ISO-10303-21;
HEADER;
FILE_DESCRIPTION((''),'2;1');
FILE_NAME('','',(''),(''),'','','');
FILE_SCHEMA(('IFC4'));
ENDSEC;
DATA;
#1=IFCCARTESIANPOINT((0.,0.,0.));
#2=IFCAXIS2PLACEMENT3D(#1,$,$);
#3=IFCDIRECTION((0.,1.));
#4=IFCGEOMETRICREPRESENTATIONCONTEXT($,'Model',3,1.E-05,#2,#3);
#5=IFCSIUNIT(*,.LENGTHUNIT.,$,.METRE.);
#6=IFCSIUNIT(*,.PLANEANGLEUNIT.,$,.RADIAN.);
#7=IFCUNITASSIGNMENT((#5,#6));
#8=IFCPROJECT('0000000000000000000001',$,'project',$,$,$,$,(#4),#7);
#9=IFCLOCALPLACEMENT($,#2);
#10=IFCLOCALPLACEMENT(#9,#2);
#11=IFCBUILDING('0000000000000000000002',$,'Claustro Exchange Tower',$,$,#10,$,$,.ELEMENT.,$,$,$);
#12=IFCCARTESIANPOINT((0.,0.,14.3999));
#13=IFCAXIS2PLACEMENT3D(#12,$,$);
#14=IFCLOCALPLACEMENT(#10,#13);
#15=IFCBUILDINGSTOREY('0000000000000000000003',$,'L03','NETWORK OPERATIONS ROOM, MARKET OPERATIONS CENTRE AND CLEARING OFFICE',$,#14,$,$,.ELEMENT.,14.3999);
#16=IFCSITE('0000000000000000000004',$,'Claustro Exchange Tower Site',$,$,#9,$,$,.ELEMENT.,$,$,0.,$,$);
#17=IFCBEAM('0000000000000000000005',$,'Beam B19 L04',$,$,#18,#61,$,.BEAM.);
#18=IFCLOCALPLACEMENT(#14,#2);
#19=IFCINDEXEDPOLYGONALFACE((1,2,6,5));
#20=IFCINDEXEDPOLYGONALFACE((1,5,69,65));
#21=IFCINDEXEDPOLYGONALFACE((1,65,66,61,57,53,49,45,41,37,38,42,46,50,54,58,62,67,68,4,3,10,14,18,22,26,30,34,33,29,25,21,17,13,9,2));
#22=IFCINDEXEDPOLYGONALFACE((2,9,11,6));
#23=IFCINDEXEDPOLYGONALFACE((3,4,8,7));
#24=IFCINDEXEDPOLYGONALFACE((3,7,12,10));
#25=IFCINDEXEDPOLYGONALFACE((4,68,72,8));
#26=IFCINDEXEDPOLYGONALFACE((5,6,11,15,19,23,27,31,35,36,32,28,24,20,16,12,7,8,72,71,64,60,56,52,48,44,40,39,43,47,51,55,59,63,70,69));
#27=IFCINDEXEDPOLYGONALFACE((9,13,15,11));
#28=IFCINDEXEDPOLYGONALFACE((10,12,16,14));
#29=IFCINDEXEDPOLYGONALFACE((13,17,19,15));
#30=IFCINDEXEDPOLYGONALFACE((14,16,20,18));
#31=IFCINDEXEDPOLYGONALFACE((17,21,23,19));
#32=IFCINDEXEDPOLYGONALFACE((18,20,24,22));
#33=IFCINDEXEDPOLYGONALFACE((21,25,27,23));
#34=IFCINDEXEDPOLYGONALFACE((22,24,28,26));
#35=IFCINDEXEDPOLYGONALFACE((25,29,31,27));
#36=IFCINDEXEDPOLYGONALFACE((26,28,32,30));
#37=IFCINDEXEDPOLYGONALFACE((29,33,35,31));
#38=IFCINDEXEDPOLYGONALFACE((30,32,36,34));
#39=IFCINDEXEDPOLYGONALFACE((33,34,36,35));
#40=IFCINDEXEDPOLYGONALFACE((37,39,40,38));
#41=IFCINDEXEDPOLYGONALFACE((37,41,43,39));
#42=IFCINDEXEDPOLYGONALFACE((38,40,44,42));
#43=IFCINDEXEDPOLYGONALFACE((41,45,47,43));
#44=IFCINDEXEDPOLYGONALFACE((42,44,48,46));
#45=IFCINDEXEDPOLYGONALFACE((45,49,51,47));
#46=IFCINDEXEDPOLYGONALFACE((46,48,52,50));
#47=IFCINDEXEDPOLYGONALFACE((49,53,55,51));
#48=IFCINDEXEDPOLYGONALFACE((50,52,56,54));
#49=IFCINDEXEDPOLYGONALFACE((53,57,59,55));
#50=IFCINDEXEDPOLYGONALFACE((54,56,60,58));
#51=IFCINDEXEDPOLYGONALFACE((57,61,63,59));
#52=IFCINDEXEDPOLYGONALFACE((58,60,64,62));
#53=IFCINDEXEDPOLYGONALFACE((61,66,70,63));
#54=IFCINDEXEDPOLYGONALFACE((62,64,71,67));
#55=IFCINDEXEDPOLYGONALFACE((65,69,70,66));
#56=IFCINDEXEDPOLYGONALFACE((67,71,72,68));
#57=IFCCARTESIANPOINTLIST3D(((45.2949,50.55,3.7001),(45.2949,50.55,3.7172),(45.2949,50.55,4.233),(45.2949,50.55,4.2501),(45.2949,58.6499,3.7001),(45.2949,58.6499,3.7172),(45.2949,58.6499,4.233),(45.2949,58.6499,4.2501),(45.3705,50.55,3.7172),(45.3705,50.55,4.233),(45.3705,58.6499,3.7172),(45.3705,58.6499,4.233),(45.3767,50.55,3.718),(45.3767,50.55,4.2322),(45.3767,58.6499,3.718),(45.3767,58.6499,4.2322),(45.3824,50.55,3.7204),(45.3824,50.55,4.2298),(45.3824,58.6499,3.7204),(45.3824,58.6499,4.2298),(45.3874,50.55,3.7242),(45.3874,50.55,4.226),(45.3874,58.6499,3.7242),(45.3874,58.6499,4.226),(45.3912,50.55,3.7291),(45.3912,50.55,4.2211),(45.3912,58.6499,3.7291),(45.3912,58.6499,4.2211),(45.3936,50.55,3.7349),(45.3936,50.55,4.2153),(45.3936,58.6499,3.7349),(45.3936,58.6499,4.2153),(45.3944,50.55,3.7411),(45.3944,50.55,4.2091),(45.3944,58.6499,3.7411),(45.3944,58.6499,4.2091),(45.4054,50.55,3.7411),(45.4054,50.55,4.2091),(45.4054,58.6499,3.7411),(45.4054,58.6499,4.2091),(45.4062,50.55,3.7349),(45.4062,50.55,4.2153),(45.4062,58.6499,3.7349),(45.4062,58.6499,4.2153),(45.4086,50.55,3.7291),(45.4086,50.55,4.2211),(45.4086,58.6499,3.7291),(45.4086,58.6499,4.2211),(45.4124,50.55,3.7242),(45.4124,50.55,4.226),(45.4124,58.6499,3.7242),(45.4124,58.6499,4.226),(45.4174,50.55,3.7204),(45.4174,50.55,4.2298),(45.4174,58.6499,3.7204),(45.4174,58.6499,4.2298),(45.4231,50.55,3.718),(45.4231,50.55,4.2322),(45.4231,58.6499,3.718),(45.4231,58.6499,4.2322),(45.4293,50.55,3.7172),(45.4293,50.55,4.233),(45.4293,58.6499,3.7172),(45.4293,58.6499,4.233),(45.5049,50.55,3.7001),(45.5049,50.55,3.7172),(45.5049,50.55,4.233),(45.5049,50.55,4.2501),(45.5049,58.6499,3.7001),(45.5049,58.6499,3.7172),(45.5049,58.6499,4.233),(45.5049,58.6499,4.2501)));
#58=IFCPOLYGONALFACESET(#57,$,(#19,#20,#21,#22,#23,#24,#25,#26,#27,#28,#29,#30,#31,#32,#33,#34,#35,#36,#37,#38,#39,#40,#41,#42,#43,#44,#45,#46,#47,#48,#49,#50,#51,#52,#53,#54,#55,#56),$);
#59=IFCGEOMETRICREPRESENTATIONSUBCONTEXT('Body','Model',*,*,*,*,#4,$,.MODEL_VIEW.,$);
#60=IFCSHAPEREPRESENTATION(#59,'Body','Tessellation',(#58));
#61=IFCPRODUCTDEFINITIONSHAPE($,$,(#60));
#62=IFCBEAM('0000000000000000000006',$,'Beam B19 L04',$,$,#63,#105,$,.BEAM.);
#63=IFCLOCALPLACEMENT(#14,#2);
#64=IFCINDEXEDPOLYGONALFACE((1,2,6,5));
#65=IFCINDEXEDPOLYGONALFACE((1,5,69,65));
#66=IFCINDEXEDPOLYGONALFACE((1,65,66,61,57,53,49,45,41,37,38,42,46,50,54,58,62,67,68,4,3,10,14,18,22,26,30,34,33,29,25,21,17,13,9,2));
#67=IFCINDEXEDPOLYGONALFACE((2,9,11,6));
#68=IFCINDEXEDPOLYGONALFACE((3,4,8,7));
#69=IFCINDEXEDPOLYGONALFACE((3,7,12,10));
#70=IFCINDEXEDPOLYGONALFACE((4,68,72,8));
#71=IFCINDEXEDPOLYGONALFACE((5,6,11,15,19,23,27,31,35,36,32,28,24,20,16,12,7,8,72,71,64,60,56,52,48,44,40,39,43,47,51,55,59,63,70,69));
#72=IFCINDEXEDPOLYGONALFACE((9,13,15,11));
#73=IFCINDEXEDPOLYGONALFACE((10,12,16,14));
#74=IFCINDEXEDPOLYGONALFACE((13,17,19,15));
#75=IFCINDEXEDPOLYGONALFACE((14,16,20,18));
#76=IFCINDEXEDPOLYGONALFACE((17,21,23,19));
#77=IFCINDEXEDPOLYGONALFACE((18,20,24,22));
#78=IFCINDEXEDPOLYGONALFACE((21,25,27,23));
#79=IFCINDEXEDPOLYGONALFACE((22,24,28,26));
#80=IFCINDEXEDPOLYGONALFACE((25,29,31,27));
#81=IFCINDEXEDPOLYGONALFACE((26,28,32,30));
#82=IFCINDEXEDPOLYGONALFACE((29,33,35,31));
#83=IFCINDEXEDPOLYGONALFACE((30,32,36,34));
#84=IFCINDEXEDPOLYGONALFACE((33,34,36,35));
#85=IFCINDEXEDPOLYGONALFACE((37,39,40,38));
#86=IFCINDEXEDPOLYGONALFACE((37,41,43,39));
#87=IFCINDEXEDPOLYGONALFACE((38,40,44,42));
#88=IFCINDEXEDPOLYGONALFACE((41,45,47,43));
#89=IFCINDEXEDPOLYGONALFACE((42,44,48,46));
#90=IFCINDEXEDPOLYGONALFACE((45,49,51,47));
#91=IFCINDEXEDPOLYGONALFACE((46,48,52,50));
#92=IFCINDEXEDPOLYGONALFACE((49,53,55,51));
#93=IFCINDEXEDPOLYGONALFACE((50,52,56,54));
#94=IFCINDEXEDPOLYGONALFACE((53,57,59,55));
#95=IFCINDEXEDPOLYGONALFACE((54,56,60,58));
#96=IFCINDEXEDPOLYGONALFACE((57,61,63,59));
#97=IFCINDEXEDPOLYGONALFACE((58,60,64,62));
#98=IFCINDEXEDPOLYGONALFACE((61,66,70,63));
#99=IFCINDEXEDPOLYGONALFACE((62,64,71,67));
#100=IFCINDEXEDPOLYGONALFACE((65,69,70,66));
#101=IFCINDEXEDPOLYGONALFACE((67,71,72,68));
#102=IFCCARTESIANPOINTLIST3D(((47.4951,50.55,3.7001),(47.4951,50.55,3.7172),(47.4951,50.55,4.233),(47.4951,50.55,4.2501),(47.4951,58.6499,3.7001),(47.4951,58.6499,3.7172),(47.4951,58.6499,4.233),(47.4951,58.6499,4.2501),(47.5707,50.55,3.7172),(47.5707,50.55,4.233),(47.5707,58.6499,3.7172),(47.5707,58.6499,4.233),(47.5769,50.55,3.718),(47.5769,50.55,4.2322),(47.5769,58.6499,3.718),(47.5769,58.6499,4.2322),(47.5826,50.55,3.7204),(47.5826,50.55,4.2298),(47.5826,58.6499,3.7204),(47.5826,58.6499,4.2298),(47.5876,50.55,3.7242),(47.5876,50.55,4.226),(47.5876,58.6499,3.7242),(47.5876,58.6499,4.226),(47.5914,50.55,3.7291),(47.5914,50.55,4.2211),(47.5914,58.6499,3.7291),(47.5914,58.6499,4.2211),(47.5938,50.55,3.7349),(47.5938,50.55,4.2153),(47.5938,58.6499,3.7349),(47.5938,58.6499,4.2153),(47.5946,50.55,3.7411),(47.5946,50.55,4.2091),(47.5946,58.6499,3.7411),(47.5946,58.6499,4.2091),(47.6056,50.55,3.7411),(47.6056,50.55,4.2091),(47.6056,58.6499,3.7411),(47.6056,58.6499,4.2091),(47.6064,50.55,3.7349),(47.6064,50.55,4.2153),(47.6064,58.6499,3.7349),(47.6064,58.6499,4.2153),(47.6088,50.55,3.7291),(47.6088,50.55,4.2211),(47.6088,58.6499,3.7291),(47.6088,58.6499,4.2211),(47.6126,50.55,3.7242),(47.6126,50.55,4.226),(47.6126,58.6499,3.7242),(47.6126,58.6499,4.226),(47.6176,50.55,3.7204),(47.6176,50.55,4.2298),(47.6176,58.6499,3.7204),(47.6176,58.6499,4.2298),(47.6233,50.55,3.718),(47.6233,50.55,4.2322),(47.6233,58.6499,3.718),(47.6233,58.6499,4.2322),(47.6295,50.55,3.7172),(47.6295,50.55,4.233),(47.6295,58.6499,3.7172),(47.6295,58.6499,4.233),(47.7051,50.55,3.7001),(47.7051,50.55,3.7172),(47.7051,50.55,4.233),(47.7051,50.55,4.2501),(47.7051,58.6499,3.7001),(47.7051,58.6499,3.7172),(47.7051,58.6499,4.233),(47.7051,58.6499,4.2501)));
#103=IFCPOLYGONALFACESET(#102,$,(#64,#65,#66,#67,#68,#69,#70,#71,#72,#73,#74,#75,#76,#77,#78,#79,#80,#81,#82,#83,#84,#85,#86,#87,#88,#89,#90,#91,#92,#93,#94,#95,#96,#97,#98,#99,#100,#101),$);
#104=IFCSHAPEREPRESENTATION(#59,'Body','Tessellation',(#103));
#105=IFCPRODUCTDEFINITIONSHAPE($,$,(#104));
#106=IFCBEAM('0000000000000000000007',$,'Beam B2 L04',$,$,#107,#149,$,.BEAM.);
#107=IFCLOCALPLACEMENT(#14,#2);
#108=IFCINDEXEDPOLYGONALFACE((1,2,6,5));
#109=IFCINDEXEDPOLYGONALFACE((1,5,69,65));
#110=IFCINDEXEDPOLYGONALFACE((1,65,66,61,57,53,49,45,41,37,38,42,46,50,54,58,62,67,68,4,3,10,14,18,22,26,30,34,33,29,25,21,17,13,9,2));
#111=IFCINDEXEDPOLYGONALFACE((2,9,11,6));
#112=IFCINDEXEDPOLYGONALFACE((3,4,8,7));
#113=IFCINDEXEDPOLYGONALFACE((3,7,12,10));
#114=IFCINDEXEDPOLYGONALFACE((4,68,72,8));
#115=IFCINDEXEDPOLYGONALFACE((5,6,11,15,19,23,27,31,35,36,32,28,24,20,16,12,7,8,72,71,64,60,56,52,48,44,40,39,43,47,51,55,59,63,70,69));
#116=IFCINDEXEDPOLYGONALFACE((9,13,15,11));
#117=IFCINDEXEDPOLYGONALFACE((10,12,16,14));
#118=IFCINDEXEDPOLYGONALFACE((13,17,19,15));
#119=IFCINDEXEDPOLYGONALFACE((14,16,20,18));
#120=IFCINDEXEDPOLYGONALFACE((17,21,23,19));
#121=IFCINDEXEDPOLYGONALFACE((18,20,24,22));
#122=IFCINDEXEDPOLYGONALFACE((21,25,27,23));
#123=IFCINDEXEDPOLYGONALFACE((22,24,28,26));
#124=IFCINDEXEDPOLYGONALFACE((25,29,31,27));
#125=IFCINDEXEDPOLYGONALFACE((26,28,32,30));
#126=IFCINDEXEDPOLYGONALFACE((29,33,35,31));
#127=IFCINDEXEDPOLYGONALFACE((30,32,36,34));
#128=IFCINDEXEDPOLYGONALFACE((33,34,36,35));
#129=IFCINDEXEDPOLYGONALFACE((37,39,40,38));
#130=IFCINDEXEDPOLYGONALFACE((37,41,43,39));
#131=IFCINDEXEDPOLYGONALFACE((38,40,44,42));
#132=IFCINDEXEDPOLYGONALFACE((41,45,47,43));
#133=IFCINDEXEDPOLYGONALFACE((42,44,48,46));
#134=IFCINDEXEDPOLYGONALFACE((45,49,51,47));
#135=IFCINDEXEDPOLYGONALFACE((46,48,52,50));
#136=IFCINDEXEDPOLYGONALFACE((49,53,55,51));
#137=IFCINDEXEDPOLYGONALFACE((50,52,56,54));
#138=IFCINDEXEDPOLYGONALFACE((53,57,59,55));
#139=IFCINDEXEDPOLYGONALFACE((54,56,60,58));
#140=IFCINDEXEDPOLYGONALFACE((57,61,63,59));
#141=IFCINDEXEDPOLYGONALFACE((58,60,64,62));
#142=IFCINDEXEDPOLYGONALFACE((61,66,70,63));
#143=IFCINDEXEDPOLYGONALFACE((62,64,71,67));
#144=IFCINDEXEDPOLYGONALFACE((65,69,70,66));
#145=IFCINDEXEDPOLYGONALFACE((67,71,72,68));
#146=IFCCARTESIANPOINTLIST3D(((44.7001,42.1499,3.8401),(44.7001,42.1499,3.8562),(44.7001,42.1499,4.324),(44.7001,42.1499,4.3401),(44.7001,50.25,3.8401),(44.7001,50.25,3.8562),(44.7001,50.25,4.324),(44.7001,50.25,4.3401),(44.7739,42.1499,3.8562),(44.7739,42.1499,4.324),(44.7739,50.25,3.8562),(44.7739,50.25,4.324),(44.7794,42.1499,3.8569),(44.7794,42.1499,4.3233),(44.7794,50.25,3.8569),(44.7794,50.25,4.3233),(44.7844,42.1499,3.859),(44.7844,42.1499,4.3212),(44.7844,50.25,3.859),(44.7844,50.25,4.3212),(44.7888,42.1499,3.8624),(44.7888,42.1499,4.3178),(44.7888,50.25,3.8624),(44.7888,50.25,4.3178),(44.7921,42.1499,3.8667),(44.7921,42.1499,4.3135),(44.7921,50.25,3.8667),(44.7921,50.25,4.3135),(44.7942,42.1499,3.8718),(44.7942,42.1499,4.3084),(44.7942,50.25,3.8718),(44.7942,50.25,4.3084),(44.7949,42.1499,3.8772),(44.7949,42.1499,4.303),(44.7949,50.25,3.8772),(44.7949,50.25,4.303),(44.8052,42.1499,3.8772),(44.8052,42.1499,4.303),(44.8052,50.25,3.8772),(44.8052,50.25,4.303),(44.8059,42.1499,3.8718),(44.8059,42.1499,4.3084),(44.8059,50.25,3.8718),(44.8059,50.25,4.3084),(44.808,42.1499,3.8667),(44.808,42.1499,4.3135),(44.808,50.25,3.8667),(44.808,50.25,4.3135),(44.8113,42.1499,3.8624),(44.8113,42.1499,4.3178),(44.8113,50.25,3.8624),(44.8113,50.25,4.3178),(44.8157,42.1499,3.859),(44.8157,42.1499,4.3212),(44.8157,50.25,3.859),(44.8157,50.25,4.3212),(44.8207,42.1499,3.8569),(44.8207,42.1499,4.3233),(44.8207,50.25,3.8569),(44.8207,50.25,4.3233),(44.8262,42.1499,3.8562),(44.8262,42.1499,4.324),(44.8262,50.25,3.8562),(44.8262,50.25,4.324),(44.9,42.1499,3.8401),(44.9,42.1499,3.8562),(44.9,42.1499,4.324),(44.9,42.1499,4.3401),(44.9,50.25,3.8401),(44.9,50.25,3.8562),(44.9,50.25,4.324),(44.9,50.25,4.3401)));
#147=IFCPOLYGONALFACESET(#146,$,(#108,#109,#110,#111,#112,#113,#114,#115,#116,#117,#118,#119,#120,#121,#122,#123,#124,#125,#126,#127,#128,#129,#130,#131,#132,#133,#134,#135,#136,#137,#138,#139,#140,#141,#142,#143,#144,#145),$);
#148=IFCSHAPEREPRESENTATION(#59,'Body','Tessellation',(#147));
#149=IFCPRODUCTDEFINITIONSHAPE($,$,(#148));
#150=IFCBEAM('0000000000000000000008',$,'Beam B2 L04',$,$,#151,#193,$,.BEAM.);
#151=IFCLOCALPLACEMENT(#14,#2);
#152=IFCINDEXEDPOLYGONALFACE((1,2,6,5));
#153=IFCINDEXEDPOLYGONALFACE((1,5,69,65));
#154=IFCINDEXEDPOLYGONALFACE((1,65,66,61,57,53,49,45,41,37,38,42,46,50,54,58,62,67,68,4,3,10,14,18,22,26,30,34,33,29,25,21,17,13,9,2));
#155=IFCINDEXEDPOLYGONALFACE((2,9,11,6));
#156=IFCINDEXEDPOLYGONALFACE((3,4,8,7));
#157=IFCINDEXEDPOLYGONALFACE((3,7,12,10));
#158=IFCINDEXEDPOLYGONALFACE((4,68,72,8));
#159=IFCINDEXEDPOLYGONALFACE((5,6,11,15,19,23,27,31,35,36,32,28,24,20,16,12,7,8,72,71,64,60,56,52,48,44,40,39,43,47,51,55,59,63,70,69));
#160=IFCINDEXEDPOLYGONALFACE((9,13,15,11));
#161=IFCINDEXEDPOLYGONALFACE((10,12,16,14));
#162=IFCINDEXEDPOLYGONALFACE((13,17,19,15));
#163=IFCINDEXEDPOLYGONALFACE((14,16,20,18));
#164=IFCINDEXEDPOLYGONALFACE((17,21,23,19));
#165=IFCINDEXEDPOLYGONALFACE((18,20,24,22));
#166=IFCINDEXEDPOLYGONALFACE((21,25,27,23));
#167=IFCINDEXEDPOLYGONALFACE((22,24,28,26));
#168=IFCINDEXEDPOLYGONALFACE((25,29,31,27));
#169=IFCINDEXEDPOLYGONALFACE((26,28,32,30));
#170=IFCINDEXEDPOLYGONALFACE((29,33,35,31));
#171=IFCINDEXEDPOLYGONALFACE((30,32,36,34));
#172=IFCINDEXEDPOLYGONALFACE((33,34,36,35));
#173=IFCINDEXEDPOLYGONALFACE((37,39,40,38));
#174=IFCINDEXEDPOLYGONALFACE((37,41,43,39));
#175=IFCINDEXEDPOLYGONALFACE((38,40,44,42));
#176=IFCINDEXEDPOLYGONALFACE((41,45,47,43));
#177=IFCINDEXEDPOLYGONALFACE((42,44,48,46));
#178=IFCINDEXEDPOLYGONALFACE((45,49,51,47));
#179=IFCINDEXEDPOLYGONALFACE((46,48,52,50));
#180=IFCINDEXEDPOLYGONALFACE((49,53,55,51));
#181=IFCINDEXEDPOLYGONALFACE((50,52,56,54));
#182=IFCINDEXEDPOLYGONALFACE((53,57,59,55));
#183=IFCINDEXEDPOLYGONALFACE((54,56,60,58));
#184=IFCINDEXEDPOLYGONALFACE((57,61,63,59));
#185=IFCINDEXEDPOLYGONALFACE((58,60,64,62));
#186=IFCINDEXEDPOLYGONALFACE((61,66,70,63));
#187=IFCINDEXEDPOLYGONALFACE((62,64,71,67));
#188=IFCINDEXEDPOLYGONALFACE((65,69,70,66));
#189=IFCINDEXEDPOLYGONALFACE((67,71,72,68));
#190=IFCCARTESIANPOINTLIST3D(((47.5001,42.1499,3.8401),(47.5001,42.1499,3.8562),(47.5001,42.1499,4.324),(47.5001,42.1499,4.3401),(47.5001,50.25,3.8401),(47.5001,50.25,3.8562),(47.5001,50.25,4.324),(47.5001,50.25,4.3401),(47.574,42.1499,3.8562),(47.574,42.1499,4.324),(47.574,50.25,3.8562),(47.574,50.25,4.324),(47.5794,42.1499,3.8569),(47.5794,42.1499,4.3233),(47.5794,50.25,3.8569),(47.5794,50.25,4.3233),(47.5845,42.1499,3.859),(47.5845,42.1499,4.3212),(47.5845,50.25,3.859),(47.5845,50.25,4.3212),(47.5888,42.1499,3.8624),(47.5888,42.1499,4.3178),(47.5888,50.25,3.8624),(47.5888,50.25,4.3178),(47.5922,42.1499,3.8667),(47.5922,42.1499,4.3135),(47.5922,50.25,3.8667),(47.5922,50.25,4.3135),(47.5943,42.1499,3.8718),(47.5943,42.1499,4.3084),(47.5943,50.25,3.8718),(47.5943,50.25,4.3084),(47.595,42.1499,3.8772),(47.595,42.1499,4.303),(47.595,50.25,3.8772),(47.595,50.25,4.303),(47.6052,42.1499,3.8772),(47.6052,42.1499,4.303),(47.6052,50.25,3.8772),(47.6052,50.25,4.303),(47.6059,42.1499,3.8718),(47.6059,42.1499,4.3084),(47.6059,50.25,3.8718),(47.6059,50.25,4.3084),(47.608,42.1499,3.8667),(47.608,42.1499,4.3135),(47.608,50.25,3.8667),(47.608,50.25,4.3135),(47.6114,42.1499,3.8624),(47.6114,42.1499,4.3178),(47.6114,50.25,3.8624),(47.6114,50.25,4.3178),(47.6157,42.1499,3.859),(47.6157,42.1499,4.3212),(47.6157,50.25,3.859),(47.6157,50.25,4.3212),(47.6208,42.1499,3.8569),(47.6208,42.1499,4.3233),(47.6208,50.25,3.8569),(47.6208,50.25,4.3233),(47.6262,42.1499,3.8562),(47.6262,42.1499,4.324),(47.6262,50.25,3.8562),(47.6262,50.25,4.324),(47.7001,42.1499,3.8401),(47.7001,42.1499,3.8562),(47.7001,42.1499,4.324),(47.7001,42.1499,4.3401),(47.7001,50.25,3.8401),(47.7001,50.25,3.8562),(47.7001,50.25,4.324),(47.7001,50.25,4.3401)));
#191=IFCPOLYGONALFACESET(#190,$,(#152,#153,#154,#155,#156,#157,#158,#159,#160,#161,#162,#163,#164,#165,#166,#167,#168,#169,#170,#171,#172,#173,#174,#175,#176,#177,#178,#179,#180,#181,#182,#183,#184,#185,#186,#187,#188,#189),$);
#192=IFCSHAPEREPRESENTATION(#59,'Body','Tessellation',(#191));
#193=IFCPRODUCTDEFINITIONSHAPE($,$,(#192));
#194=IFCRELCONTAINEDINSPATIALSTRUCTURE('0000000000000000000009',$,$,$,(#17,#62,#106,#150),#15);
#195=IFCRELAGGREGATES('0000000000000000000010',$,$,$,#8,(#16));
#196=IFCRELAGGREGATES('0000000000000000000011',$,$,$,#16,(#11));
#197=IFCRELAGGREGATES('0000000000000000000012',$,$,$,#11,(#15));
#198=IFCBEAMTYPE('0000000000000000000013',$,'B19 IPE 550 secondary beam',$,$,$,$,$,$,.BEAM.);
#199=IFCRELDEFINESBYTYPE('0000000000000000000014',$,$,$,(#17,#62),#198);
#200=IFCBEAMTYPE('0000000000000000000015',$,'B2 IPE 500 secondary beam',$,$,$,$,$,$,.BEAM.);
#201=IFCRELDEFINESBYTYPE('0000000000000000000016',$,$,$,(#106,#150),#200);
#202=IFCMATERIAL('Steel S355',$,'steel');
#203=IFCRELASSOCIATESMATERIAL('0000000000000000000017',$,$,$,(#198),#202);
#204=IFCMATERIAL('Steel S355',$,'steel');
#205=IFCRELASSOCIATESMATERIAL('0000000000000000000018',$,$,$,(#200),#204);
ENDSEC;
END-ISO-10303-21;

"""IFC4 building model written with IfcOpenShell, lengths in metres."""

from ifc_helpers import new_model, si_unit, direction, frame, origin, origin_2d, place, context, subcontext, project, spatial, i_section, extrude, material, material_profile, profile_set, type_object, element, save


model = new_model("IFC4")

# Units and contexts
model_context = context("Model", 3, precision=1e-05, world=origin(), true_north=direction((0.0, 1.0)))
body_context = subcontext(model_context, "Body", "Model", "MODEL_VIEW")
ifc_project = project(units=[si_unit("LENGTHUNIT", "METRE"), si_unit("PLANEANGLEUNIT", "RADIAN")], contexts=[model_context])

# Site, building, storey
site_placement = place(None, origin())
site = spatial("IfcSite", under=ifc_project, at=site_placement, Name="Claustro Exchange Tower Site", CompositionType="ELEMENT", RefElevation=0.0)
building_placement = place(site_placement, origin())
building = spatial("IfcBuilding", under=site, at=building_placement, Name="Claustro Exchange Tower", CompositionType="ELEMENT")
storey_placement = place(building_placement, frame((0.0, 0.0, 14.3999)))
storey = spatial("IfcBuildingStorey", under=building, at=storey_placement, Name="L03", Description="NETWORK OPERATIONS ROOM, MARKET OPERATIONS CENTRE AND CLEARING OFFICE", CompositionType="ELEMENT", Elevation=14.3999)

# Beams
ifc_material_1 = material(Name="Steel S355", Category="steel")
ifc_material_profile_1 = material_profile(ifc_material_1, i_section(OverallWidth=0.21, OverallDepth=0.55, WebThickness=0.011, FlangeThickness=0.0171, FilletRadius=0.0239, at=origin_2d()), Name="IPE 550")
ifc_profile_set_1 = profile_set([ifc_material_profile_1], Name="Steel S355")
beam_type_1 = type_object("IfcBeamType", Name="B19 IPE 550 secondary beam", PredefinedType="BEAM", material=ifc_profile_set_1)
for number, where, z_axis, x_axis, name in (
    (1, (45.3999, 50.55, 3.9751), (0.0, 1.0, 0.0), (-1.0, 0.0, 0.0), "Beam B19 L04"),
    (2, (47.6001, 50.55, 3.9751), (0.0, 1.0, 0.0), (-1.0, 0.0, 0.0), "Beam B19 L04"),
):
    element("IfcBeam", number, at=place(storey_placement, frame(where, z_axis=z_axis, x_axis=x_axis)), inside=storey, type_object=beam_type_1, Name=name, PredefinedType="BEAM", context=body_context, shape_type="SweptSolid", body=[
        extrude(i_section(OverallWidth=0.21, OverallDepth=0.55, WebThickness=0.011, FlangeThickness=0.0171, FilletRadius=0.0239, at=origin_2d()), origin(), (0.0, 0.0, 1.0), 8.0999),
    ])
ifc_material_2 = material(Name="Steel S355", Category="steel")
ifc_material_profile_2 = material_profile(ifc_material_2, i_section(OverallWidth=0.2, OverallDepth=0.5, WebThickness=0.0103, FlangeThickness=0.0161, FilletRadius=0.021, at=origin_2d()), Name="IPE 500")
ifc_profile_set_2 = profile_set([ifc_material_profile_2], Name="Steel S355")
beam_type_2 = type_object("IfcBeamType", Name="B2 IPE 500 secondary beam", PredefinedType="BEAM", material=ifc_profile_set_2)
for number, where, z_axis, x_axis, name in (
    (3, (44.8, 42.1499, 4.0901), (0.0, 1.0, 0.0), (-1.0, 0.0, 0.0), "Beam B2 L04"),
    (4, (47.6001, 42.1499, 4.0901), (0.0, 1.0, 0.0), (-1.0, 0.0, 0.0), "Beam B2 L04"),
):
    element("IfcBeam", number, at=place(storey_placement, frame(where, z_axis=z_axis, x_axis=x_axis)), inside=storey, type_object=beam_type_2, Name=name, PredefinedType="BEAM", context=body_context, shape_type="SweptSolid", body=[
        extrude(i_section(OverallWidth=0.2, OverallDepth=0.5, WebThickness=0.0103, FlangeThickness=0.0161, FilletRadius=0.021, at=origin_2d()), origin(), (0.0, 0.0, 1.0), 8.1001),
    ])

save(model, "model.ifc")
